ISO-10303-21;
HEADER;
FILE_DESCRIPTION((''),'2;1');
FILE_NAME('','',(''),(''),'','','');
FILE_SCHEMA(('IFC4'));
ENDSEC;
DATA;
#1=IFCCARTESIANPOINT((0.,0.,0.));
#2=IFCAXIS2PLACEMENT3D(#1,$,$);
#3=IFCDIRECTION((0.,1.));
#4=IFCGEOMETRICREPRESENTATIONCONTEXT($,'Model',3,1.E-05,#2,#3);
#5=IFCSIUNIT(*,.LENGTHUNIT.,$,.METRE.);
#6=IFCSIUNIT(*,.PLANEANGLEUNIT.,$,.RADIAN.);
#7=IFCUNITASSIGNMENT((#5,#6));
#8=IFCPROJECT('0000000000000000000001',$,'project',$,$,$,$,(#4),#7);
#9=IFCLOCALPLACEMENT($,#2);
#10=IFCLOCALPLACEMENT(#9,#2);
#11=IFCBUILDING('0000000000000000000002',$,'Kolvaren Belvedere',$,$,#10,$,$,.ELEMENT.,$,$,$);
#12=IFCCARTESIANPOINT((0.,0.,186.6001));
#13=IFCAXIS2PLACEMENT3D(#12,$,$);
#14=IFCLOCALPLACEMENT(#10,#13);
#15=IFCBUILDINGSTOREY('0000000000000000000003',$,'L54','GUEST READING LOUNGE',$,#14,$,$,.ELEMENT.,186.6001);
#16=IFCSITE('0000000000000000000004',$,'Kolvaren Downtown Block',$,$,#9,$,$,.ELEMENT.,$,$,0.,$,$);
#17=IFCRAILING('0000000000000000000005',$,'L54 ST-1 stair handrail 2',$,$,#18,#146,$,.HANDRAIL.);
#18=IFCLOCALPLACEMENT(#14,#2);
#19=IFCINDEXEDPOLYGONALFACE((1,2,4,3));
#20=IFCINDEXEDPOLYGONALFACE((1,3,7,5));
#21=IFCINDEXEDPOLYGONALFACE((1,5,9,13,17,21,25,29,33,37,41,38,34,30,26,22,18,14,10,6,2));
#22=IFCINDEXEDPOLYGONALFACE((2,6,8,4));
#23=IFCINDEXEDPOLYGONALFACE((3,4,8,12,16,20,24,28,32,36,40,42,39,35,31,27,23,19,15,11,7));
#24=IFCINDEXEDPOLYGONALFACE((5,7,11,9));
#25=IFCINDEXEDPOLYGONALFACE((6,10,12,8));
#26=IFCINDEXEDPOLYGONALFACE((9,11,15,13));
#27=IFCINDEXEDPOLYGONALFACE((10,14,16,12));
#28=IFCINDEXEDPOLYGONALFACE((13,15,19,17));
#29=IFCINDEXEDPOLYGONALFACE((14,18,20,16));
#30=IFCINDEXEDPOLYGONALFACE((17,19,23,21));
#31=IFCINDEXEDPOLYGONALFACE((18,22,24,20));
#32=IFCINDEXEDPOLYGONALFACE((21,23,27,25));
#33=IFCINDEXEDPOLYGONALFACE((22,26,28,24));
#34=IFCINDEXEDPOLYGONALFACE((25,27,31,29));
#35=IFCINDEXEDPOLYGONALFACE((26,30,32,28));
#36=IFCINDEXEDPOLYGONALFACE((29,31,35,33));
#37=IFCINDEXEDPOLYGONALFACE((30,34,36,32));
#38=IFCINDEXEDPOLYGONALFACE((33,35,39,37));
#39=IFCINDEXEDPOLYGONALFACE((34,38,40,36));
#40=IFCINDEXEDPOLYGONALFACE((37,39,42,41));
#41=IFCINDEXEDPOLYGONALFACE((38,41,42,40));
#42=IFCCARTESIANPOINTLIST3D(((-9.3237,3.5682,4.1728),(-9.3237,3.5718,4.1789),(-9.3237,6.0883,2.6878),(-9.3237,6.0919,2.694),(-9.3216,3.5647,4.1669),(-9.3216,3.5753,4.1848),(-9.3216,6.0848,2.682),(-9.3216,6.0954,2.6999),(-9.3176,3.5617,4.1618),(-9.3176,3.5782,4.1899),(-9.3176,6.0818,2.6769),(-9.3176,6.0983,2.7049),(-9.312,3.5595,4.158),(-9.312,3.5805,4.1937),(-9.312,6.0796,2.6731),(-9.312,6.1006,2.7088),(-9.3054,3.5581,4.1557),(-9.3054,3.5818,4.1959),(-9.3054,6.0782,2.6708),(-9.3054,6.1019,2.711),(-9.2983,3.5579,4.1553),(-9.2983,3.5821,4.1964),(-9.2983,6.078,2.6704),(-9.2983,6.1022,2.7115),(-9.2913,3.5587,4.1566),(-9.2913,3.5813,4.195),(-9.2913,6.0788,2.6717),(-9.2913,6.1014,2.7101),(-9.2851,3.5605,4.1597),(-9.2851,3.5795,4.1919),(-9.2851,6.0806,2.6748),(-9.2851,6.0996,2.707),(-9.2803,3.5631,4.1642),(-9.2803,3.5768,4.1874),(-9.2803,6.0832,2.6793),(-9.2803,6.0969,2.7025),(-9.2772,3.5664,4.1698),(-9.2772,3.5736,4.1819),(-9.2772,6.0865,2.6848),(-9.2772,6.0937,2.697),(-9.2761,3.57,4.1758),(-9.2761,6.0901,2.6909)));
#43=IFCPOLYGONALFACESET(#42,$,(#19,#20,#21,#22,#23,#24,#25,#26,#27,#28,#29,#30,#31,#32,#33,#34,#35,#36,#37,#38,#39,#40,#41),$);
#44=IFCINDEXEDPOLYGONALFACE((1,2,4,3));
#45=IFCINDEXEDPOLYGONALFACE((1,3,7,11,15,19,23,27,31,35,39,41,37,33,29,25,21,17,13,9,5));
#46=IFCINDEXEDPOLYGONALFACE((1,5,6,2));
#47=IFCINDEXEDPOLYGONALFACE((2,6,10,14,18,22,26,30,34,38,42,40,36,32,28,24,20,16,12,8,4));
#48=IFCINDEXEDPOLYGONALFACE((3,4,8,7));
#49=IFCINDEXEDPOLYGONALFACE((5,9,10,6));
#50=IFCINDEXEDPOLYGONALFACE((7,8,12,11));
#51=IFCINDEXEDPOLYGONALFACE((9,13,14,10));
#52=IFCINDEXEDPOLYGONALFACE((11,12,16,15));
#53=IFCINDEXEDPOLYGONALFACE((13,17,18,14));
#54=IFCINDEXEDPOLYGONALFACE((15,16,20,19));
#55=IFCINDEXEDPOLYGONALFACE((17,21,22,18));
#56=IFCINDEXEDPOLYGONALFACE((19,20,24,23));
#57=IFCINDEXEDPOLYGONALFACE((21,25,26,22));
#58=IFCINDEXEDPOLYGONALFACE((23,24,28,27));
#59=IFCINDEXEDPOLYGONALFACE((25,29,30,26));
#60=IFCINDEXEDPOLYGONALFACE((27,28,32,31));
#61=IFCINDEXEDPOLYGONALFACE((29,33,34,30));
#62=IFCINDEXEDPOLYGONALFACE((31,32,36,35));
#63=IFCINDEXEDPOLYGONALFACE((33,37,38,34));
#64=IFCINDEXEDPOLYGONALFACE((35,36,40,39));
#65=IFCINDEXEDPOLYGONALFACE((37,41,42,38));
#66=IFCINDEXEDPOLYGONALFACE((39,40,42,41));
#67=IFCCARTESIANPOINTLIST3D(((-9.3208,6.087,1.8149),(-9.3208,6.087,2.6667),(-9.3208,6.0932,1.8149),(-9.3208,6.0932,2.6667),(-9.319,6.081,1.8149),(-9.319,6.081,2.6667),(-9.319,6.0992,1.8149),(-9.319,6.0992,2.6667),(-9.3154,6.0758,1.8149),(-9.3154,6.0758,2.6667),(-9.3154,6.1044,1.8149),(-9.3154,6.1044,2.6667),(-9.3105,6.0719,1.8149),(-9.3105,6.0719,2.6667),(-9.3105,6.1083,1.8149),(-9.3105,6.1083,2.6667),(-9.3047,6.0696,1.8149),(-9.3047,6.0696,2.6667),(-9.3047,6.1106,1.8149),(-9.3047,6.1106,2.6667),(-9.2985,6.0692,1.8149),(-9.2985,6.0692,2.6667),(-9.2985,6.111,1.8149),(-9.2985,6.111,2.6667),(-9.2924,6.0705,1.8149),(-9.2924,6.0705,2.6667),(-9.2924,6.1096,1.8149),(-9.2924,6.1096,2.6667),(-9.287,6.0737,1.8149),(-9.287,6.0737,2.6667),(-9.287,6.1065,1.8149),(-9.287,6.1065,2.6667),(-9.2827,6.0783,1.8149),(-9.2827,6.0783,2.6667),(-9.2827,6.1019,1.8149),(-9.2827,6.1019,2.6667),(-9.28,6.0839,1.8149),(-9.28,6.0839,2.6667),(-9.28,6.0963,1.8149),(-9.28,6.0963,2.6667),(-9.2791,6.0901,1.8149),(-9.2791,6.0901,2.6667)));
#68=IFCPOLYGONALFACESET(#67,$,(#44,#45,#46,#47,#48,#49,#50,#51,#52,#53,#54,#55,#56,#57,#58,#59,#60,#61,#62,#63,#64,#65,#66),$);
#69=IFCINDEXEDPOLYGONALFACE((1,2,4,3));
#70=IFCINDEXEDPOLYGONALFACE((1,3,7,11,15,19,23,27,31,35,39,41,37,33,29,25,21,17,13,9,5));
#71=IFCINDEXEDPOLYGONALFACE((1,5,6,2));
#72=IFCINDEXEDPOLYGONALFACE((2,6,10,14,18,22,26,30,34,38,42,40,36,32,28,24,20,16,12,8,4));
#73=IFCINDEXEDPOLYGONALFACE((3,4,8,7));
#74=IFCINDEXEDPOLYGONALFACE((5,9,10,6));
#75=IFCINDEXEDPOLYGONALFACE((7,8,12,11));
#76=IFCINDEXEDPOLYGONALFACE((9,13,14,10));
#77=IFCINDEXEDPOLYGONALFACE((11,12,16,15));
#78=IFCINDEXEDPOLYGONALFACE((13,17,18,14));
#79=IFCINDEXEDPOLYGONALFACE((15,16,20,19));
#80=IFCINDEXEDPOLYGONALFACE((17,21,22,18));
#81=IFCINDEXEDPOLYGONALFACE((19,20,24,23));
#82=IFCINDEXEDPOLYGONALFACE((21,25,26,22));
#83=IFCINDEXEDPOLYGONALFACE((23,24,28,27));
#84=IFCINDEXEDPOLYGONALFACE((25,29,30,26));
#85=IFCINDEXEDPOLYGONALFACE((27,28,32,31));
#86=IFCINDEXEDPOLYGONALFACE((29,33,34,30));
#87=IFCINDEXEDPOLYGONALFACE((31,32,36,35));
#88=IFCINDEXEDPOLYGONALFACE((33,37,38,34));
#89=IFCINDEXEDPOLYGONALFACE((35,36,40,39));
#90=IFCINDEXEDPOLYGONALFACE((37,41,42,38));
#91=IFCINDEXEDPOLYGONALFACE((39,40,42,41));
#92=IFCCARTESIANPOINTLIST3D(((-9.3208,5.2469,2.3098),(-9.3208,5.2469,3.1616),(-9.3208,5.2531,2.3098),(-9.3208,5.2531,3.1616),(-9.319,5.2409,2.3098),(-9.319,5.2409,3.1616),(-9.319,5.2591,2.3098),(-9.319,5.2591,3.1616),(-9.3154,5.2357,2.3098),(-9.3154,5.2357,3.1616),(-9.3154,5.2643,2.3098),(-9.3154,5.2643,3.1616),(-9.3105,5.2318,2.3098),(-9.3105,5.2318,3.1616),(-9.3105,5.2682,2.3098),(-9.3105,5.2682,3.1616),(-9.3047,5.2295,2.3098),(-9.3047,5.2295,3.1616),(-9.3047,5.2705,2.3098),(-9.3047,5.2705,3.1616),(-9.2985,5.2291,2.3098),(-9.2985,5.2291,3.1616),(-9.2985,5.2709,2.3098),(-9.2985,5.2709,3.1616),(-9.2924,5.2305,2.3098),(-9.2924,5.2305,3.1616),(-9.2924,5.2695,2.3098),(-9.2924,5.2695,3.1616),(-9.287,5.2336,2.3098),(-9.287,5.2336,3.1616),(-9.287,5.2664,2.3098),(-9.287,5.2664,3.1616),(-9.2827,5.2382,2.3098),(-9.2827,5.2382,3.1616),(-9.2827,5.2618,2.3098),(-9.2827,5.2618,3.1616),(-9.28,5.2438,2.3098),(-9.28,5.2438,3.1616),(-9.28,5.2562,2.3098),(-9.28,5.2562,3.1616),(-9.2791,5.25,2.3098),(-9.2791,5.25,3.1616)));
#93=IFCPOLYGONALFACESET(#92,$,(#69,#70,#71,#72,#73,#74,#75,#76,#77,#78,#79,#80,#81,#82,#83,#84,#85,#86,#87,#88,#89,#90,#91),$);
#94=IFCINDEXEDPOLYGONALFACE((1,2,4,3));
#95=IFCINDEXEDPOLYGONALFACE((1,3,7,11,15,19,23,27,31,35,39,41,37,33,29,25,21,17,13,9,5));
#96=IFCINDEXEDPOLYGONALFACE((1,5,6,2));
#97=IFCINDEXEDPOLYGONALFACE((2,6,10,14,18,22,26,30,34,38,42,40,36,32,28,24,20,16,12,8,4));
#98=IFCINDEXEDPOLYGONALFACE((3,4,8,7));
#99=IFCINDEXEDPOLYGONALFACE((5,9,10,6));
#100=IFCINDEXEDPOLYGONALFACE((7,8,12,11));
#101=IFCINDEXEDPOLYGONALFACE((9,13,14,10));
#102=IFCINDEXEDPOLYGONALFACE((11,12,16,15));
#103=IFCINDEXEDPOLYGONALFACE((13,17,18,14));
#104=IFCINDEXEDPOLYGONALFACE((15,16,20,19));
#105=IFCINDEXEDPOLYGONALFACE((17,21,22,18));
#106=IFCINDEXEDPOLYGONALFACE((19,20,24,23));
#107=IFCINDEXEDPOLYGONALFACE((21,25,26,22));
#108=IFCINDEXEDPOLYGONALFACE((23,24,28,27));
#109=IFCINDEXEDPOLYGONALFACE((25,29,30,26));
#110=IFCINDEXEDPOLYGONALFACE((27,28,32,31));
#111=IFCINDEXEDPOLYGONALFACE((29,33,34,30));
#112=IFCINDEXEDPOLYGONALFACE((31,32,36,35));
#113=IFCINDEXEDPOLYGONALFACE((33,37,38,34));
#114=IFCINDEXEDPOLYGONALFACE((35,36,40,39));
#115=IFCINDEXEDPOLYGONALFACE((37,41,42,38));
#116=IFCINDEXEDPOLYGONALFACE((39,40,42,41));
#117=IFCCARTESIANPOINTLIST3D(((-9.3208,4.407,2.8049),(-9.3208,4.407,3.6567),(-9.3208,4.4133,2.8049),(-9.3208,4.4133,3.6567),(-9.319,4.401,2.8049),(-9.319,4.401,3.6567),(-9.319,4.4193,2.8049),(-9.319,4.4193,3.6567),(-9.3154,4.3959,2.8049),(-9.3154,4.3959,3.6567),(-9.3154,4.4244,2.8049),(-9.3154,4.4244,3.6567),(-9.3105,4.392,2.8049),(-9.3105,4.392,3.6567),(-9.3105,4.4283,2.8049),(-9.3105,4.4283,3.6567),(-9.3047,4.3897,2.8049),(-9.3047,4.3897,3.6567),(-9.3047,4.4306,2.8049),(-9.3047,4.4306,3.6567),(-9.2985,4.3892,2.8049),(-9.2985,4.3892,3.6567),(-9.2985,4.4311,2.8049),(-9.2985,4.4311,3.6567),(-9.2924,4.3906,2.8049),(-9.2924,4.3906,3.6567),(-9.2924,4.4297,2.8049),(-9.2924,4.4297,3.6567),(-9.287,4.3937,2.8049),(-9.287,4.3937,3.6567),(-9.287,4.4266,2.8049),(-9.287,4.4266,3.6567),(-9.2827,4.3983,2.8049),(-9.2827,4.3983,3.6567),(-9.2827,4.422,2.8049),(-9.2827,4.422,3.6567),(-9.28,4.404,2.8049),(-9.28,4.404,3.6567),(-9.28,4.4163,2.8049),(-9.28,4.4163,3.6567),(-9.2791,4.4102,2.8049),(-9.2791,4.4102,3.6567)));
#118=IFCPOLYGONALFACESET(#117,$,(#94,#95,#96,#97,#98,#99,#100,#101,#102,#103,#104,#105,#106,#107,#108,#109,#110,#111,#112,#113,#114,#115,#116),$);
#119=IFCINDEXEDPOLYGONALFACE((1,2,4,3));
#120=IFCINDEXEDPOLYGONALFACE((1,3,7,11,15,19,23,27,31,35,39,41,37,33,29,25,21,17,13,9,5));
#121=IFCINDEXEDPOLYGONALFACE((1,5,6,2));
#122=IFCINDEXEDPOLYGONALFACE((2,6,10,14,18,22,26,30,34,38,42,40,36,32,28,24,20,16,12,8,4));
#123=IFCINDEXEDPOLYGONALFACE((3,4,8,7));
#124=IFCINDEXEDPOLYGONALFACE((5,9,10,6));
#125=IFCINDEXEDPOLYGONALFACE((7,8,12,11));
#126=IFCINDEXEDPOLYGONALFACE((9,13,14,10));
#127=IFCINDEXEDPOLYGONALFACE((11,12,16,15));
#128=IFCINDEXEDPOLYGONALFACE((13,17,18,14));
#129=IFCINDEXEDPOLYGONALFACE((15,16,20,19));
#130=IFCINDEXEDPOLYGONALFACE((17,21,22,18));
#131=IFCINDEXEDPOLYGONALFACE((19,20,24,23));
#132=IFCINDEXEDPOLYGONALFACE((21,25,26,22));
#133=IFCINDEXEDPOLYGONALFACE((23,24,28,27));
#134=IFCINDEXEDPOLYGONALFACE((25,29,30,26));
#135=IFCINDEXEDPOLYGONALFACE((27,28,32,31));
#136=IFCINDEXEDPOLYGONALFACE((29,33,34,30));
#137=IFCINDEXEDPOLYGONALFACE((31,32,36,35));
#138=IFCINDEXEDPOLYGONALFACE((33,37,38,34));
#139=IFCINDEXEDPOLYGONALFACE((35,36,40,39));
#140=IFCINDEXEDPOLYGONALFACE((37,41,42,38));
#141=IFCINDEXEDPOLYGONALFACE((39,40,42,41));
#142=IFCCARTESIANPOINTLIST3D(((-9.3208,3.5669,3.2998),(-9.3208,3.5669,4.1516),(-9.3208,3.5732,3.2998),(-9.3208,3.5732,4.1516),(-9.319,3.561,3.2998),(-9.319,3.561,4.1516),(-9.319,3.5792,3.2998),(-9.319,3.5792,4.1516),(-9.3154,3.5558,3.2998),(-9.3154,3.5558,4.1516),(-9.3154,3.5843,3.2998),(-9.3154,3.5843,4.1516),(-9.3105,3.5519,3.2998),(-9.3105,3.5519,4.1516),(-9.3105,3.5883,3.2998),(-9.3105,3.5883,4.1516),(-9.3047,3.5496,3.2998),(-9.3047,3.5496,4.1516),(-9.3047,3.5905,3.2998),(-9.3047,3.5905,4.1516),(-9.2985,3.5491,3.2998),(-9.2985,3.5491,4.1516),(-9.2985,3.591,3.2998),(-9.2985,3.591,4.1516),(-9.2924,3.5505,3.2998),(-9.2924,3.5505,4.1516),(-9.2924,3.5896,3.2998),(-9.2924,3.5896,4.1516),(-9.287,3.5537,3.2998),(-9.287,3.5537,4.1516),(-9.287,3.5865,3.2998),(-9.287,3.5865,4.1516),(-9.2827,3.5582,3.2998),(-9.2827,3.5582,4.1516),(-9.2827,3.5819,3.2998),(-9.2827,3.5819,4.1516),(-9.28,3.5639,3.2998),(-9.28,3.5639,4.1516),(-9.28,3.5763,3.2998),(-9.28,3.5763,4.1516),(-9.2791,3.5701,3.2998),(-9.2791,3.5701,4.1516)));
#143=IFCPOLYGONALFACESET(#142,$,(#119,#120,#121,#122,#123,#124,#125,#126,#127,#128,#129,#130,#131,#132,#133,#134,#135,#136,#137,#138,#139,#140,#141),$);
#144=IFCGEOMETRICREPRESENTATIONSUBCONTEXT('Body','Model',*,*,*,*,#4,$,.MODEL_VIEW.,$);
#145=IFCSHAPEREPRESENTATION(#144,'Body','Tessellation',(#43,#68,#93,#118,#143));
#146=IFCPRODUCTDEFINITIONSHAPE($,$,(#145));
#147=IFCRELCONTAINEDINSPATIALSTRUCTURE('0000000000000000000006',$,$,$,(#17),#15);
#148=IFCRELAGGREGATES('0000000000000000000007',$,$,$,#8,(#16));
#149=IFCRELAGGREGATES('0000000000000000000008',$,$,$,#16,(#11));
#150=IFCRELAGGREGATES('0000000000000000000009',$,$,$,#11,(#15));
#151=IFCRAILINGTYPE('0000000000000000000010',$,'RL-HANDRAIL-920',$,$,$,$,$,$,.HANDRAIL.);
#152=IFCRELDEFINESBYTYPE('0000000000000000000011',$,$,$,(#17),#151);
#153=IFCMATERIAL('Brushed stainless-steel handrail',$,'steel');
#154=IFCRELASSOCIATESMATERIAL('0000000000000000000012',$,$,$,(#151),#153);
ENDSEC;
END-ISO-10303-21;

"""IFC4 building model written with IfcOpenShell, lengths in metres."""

from ifc_helpers import new_model, si_unit, direction, frame, origin, origin_2d, place, context, subcontext, project, spatial, circle, extrude, material, type_object, element, save


model = new_model("IFC4")

# Units and contexts
model_context = context("Model", 3, precision=1e-05, world=origin(), true_north=direction((0.0, 1.0)))
body_context = subcontext(model_context, "Body", "Model", "MODEL_VIEW")
ifc_project = project(units=[si_unit("LENGTHUNIT", "METRE"), si_unit("PLANEANGLEUNIT", "RADIAN")], contexts=[model_context])

# Site, building, storey
site_placement = place(None, origin())
site = spatial("IfcSite", under=ifc_project, at=site_placement, Name="Kolvaren Downtown Block", CompositionType="ELEMENT", RefElevation=0.0)
building_placement = place(site_placement, origin())
building = spatial("IfcBuilding", under=site, at=building_placement, Name="Kolvaren Belvedere", CompositionType="ELEMENT")
storey_placement = place(building_placement, frame((0.0, 0.0, 186.6001)))
storey = spatial("IfcBuildingStorey", under=building, at=storey_placement, Name="L54", Description="GUEST READING LOUNGE", CompositionType="ELEMENT", Elevation=186.6001)

# Railing
ifc_material_1 = material(Name="Brushed stainless-steel handrail", Category="steel")
railing_type_1 = type_object("IfcRailingType", Name="RL-HANDRAIL-920", PredefinedType="HANDRAIL", material=ifc_material_1)
railing_1_placement = place(storey_placement, frame((-9.3, 6.0901, 1.8149)))
element("IfcRailing", 1, at=railing_1_placement, inside=storey, type_object=railing_type_1, Name="L54 ST-1 stair handrail 2", PredefinedType="HANDRAIL", context=body_context, shape_type="SweptSolid", body=[
    extrude(circle(Radius=0.0239, at=origin_2d()), frame((0.0, 0.0, 0.876), z_axis=(0.0, -0.861561, 0.507655), x_axis=(1.0, 0.0, 0.0)), (0.0, 0.0, 1.0), 2.925),
    extrude(circle(Radius=0.021, at=origin_2d()), origin(), (0.0, 0.0, 1.0), 0.8518),
    extrude(circle(Radius=0.021, at=origin_2d()), frame((0.0, -0.8401, 0.4949)), (0.0, 0.0, 1.0), 0.8518),
    extrude(circle(Radius=0.021, at=origin_2d()), frame((0.0, -1.6799, 0.99)), (0.0, 0.0, 1.0), 0.8518),
    extrude(circle(Radius=0.021, at=origin_2d()), frame((0.0, -2.52, 1.4849)), (0.0, 0.0, 1.0), 0.8518),
])

save(model, "model.ifc")
